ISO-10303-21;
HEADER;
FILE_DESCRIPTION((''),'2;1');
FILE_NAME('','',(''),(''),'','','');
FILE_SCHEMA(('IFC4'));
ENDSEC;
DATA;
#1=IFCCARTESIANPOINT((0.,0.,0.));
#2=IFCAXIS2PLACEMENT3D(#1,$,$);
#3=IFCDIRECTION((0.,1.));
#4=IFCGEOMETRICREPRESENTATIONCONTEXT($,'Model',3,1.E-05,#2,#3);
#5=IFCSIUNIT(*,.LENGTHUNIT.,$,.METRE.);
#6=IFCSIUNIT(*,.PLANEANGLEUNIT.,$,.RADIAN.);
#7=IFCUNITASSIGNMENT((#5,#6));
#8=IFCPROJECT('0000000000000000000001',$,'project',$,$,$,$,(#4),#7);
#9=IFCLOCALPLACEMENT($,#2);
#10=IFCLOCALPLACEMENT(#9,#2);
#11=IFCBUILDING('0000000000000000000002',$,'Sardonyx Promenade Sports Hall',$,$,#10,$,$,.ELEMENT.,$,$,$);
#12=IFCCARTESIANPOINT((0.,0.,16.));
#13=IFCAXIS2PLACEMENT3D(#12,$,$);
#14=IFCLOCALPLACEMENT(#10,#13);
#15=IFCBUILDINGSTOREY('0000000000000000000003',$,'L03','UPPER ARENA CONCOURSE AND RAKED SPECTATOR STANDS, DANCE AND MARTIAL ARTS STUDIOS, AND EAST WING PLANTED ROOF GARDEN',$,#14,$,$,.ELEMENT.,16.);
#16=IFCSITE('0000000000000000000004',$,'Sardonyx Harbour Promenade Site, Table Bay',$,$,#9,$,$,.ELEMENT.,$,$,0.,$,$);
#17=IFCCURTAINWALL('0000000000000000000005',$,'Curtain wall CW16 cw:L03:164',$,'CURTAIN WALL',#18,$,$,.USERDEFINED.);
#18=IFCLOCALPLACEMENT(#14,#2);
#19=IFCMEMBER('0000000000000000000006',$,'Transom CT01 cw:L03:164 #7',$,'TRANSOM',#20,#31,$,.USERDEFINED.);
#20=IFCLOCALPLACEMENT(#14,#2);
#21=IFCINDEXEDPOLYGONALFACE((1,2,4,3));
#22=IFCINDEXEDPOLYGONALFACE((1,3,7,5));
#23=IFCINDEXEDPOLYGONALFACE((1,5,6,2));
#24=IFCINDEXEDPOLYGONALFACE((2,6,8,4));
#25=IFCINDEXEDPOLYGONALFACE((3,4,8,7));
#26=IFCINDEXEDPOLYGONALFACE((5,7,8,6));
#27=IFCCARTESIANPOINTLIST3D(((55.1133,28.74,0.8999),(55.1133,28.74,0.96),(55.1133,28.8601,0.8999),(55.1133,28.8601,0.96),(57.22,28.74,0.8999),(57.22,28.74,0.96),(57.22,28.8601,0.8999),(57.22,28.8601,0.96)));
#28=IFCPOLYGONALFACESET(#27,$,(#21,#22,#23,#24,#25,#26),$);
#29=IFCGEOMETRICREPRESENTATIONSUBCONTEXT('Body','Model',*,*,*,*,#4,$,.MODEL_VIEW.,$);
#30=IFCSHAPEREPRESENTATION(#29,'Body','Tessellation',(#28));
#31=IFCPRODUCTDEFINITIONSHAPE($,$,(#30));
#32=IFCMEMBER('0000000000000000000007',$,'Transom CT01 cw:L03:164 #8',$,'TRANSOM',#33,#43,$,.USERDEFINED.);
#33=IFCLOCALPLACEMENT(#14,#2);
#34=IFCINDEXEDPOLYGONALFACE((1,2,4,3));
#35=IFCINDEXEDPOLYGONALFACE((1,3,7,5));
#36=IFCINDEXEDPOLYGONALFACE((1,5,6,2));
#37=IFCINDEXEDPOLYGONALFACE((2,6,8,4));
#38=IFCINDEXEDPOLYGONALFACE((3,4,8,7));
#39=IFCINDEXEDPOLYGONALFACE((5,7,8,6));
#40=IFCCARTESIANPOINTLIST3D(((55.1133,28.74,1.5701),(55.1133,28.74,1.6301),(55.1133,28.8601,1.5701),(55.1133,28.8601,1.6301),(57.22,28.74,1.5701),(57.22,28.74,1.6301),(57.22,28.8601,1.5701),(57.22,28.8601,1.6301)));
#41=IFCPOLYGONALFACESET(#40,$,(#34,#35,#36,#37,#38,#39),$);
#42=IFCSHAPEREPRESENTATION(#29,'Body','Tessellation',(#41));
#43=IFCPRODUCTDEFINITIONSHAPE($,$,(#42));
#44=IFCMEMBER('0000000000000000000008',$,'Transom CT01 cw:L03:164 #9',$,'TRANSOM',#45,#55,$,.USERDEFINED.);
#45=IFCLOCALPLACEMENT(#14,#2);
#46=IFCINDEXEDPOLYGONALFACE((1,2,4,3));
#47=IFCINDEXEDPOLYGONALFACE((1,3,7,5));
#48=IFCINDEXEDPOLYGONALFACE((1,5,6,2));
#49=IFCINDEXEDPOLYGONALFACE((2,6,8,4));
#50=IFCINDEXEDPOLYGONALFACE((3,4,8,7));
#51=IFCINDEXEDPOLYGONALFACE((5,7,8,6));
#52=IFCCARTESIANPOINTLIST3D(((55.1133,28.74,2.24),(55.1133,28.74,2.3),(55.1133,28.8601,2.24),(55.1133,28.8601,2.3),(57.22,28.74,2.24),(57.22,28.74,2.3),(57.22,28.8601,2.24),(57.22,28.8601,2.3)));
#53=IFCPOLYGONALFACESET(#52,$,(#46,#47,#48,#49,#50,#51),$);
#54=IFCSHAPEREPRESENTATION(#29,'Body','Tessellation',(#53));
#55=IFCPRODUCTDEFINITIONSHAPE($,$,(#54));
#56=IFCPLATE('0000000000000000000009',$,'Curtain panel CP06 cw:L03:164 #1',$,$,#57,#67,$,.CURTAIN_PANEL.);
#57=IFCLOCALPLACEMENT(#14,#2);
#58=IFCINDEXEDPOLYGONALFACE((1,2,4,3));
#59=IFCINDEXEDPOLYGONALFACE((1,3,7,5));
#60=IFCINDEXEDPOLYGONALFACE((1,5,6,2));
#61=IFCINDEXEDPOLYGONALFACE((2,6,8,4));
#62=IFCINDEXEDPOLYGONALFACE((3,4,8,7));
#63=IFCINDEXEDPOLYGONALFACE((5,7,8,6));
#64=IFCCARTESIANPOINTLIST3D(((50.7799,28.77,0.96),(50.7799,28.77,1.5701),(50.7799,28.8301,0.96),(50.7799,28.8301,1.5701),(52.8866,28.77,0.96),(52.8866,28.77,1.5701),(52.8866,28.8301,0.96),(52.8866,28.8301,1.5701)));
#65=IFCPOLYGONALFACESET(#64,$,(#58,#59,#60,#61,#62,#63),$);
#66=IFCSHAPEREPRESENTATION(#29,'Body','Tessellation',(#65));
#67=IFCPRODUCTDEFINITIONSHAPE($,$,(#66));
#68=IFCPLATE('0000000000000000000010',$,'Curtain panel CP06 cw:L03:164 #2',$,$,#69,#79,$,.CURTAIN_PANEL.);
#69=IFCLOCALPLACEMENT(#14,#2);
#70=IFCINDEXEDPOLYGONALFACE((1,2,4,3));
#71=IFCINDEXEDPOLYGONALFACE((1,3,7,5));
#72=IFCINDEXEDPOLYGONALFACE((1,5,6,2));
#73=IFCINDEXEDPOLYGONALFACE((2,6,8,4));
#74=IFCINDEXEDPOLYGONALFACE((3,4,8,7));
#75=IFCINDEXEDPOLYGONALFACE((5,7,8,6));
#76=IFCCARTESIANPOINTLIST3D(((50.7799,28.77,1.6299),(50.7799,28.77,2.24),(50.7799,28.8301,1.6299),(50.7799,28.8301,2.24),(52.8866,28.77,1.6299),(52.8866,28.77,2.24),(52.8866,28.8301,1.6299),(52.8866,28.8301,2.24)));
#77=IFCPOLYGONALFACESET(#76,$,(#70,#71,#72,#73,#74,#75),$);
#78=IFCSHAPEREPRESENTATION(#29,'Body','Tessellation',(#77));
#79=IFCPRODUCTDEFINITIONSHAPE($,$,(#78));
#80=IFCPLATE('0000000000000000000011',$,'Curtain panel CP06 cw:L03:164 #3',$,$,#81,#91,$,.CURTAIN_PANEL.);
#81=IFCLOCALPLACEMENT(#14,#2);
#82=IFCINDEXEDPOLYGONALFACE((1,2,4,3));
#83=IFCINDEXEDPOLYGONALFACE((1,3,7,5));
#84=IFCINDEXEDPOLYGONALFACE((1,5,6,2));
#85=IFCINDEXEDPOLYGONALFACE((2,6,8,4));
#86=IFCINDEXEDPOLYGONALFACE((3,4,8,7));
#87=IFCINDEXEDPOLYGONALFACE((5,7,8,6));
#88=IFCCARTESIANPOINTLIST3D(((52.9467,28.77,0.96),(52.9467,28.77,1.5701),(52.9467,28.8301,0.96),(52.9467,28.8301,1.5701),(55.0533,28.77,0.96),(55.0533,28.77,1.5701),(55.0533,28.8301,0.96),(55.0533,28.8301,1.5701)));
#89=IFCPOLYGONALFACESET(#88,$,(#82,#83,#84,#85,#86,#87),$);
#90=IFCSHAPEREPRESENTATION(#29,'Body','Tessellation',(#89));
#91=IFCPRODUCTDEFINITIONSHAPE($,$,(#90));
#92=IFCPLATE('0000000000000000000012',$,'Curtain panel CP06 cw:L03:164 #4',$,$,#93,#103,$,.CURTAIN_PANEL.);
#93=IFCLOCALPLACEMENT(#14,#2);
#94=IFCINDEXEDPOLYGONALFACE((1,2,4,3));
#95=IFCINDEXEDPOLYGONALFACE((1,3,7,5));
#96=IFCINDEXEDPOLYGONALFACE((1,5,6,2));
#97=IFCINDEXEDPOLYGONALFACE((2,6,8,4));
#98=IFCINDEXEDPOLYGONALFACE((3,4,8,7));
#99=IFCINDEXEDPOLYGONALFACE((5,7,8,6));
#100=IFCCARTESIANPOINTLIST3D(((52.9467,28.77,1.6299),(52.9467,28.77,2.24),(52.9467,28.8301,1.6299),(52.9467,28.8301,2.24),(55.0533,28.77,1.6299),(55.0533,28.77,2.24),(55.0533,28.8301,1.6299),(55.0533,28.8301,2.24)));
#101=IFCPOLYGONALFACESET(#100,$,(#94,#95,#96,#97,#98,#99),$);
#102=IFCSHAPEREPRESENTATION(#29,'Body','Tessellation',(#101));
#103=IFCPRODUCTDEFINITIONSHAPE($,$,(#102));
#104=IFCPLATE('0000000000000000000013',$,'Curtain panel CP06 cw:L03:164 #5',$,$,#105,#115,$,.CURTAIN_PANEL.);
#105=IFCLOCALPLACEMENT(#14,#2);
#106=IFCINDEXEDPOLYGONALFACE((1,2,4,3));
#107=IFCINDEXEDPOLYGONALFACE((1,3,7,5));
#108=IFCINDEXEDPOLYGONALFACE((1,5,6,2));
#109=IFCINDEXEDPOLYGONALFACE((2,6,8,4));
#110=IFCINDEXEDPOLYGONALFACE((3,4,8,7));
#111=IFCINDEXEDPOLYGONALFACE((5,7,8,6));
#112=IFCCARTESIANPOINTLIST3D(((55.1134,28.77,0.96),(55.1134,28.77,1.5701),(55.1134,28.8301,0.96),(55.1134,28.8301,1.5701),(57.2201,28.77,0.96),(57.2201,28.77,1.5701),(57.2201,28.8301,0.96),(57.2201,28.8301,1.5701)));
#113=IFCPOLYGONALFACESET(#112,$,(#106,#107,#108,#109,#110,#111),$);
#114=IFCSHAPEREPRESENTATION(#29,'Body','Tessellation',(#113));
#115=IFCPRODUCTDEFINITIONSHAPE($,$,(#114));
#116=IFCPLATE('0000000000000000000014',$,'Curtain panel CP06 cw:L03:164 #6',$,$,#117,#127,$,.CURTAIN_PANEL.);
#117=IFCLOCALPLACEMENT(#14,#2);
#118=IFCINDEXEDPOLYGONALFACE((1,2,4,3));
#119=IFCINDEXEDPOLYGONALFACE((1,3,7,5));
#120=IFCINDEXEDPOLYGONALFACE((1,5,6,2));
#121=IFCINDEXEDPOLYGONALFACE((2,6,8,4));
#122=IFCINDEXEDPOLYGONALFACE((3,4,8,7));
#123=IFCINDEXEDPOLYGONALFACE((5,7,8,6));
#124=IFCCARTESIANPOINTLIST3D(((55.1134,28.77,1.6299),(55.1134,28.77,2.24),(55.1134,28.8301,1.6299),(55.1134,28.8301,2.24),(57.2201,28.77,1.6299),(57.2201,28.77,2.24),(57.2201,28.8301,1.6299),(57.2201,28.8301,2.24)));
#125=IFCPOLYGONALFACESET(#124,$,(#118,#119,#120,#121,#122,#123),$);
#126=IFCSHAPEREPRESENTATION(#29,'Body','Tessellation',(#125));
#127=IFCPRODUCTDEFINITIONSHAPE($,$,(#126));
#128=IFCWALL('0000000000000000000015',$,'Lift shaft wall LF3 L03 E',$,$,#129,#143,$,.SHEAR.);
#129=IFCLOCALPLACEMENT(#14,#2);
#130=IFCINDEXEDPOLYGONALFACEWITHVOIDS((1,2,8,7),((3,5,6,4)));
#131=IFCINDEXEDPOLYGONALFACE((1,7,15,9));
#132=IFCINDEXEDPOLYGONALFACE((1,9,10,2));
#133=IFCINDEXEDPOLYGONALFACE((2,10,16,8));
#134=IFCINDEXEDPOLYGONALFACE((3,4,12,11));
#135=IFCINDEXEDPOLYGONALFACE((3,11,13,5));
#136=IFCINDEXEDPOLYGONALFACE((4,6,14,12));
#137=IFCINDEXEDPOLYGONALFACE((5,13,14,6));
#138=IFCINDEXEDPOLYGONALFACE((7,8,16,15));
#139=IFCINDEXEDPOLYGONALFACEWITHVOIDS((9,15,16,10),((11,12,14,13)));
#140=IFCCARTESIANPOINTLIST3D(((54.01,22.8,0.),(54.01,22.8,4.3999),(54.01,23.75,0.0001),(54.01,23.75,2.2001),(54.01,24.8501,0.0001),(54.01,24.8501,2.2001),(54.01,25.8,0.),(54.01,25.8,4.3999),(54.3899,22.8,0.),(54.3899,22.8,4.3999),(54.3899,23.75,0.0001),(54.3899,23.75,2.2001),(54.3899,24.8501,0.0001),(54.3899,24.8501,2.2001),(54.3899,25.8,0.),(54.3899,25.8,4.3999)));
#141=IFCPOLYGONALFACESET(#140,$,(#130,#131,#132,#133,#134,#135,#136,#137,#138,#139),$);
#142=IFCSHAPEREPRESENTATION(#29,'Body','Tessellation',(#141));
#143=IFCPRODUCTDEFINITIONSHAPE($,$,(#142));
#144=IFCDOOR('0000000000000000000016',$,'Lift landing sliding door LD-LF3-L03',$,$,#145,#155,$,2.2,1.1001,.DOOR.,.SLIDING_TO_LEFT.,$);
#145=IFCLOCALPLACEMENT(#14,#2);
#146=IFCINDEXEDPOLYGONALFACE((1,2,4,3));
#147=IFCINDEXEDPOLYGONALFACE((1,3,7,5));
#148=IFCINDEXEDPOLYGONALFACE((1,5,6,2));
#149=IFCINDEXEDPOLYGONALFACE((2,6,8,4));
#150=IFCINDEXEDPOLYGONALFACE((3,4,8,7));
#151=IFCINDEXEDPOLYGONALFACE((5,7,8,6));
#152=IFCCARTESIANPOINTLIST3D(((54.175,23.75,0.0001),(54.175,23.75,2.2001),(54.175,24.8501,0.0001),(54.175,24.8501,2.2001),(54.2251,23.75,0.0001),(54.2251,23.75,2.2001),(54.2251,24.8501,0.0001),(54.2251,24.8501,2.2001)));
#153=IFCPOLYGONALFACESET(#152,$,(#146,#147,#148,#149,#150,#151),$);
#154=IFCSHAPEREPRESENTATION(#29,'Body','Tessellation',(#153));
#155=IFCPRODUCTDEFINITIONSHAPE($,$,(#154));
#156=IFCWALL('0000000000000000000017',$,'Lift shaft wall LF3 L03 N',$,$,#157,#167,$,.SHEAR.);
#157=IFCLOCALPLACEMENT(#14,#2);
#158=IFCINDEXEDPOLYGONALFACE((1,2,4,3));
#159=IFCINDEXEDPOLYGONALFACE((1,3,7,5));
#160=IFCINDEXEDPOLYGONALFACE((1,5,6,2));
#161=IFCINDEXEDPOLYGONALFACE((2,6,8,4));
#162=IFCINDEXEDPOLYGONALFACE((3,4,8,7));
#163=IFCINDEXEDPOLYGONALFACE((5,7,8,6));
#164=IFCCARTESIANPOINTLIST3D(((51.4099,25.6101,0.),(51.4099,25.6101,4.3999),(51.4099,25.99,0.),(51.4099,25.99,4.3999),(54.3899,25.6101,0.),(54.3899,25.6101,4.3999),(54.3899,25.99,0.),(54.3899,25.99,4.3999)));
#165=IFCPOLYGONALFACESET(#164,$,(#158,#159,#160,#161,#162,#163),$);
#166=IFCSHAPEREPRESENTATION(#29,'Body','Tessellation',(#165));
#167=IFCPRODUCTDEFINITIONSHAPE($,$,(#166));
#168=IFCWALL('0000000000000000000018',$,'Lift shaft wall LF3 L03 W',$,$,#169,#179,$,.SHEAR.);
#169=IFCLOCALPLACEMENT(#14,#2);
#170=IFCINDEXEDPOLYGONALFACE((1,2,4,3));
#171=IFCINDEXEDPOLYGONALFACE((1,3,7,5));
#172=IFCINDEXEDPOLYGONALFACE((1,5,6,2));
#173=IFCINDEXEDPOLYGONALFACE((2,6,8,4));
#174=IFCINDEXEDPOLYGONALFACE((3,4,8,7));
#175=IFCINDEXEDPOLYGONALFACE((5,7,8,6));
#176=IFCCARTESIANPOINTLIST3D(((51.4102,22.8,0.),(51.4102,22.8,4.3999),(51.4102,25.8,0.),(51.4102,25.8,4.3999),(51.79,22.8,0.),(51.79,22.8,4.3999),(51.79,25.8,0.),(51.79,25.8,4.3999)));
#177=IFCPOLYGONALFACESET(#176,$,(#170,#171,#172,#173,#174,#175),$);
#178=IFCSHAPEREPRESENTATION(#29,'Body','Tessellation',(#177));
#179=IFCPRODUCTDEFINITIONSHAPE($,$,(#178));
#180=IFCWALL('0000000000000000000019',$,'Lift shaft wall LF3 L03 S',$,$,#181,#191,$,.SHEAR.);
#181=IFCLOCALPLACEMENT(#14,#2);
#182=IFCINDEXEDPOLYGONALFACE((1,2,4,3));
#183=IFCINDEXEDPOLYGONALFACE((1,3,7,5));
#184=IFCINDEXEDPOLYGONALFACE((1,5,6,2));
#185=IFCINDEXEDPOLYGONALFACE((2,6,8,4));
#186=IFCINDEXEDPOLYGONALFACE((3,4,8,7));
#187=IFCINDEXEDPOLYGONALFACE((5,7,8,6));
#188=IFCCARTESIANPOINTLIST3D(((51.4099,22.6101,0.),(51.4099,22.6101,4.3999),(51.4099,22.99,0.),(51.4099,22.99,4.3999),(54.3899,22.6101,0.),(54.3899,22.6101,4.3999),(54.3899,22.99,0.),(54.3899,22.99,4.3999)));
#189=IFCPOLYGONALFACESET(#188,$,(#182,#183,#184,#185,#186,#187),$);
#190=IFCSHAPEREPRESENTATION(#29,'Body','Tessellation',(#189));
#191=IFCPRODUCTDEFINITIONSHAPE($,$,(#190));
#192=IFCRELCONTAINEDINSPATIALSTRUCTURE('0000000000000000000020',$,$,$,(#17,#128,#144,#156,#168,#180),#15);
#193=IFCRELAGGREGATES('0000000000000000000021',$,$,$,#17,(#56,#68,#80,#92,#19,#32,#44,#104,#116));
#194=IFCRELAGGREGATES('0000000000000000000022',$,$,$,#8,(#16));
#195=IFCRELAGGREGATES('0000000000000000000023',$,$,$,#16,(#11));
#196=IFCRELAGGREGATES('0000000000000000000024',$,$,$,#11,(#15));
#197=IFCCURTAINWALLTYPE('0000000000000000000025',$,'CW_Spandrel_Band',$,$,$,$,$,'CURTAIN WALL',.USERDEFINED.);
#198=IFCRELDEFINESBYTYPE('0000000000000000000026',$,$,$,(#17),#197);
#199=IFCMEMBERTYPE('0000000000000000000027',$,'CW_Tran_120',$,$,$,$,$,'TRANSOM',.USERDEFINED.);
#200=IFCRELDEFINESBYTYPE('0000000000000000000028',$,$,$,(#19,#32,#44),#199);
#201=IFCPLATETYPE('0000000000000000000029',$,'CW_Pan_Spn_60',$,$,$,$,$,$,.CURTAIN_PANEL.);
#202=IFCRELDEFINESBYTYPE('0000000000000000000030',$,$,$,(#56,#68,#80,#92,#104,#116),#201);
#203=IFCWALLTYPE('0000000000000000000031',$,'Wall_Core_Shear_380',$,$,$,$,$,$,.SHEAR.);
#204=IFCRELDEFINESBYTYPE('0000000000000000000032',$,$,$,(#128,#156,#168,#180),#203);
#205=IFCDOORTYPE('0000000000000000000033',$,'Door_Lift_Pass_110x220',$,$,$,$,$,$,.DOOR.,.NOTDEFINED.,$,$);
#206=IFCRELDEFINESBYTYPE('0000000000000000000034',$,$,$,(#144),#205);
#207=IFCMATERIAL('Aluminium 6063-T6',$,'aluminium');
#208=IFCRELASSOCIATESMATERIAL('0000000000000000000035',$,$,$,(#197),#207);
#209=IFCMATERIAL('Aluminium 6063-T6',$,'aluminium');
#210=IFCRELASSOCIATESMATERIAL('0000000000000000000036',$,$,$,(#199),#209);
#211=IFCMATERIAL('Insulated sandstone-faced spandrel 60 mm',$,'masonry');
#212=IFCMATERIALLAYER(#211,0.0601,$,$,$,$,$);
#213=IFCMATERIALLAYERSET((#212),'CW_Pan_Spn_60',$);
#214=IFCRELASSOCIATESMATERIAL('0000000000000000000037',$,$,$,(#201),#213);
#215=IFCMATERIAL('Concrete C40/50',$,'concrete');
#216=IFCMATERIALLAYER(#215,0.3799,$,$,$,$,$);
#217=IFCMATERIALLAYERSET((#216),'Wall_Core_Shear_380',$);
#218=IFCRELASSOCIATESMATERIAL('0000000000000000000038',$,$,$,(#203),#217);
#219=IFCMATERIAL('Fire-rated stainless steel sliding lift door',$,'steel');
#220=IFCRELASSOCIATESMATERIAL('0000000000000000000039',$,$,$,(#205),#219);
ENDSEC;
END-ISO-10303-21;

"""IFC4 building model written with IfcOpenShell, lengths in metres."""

from ifc_helpers import new_model, si_unit, direction, frame, frame_2d, origin, origin_2d, place, context, subcontext, project, spatial, rectangle, extrude, material, layer, layer_set, material_profile, profile_set, type_object, element, fill, aggregate, save


model = new_model("IFC4")

# Units and contexts
model_context = context("Model", 3, precision=1e-05, world=origin(), true_north=direction((0.0, 1.0)))
body_context = subcontext(model_context, "Body", "Model", "MODEL_VIEW")
ifc_project = project(units=[si_unit("LENGTHUNIT", "METRE"), si_unit("PLANEANGLEUNIT", "RADIAN")], contexts=[model_context])

# Site, building, storey
site_placement = place(None, origin())
site = spatial("IfcSite", under=ifc_project, at=site_placement, Name="Sardonyx Harbour Promenade Site, Table Bay", CompositionType="ELEMENT", RefElevation=0.0)
building_placement = place(site_placement, origin())
building = spatial("IfcBuilding", under=site, at=building_placement, Name="Sardonyx Promenade Sports Hall", CompositionType="ELEMENT")
storey_placement = place(building_placement, frame((0.0, 0.0, 16.0)))
storey = spatial("IfcBuildingStorey", under=building, at=storey_placement, Name="L03", Description="UPPER ARENA CONCOURSE AND RAKED SPECTATOR STANDS, DANCE AND MARTIAL ARTS STUDIOS, AND EAST WING PLANTED ROOF GARDEN", CompositionType="ELEMENT", Elevation=16.0)

# Curtain wall, members, plates
ifc_material_1 = material(Name="Aluminium 6063-T6", Category="aluminium")
curtain_wall_type = type_object("IfcCurtainWallType", Name="CW_Spandrel_Band", ElementType="CURTAIN WALL", PredefinedType="USERDEFINED", material=ifc_material_1)
curtain_wall_placement = place(storey_placement, origin())
curtain_wall = element("IfcCurtainWall", 1, at=curtain_wall_placement, inside=storey, type_object=curtain_wall_type, Name="Curtain wall CW16 cw:L03:164", ObjectType="CURTAIN WALL", PredefinedType="USERDEFINED")
ifc_material_2 = material(Name="Aluminium 6063-T6", Category="aluminium")
ifc_material_profile_1 = material_profile(ifc_material_2, rectangle(XDim=0.0601, YDim=0.1201, at=origin_2d()))
ifc_profile_set_1 = profile_set([ifc_material_profile_1], Name="Aluminium 6063-T6")
member_type_1 = type_object("IfcMemberType", Name="CW_Tran_120", ElementType="TRANSOM", PredefinedType="USERDEFINED", material=ifc_profile_set_1)
member_1_placement = place(storey_placement, frame((55.1133, 28.8, 0.9299), z_axis=(1.0, 0.0, 0.0), x_axis=(0.0, 0.0, 1.0)))
member_1 = element("IfcMember", 2, at=member_1_placement, type_object=member_type_1, Name="Transom CT01 cw:L03:164 #7", ObjectType="TRANSOM", PredefinedType="USERDEFINED", context=body_context, shape_type="SweptSolid", body=[
    extrude(rectangle(XDim=0.0601, YDim=0.1201, at=origin_2d()), origin(), (0.0, 0.0, 1.0), 2.1067),
])
member_2_placement = place(storey_placement, frame((55.1133, 28.8, 1.6001), z_axis=(1.0, 0.0, 0.0), x_axis=(0.0, 0.0, 1.0)))
member_2 = element("IfcMember", 3, at=member_2_placement, type_object=member_type_1, Name="Transom CT01 cw:L03:164 #8", ObjectType="TRANSOM", PredefinedType="USERDEFINED", context=body_context, shape_type="SweptSolid", body=[
    extrude(rectangle(XDim=0.0601, YDim=0.1201, at=origin_2d()), origin(), (0.0, 0.0, 1.0), 2.1067),
])
member_3_placement = place(storey_placement, frame((55.1133, 28.8, 2.27), z_axis=(1.0, 0.0, 0.0), x_axis=(0.0, 0.0, 1.0)))
member_3 = element("IfcMember", 4, at=member_3_placement, type_object=member_type_1, Name="Transom CT01 cw:L03:164 #9", ObjectType="TRANSOM", PredefinedType="USERDEFINED", context=body_context, shape_type="SweptSolid", body=[
    extrude(rectangle(XDim=0.0601, YDim=0.1201, at=origin_2d()), origin(), (0.0, 0.0, 1.0), 2.1067),
])
ifc_material_3 = material(Name="Insulated sandstone-faced spandrel 60 mm", Category="masonry")
ifc_layer_1 = layer(ifc_material_3, 0.0601)
ifc_layer_set_1 = layer_set([ifc_layer_1], Name="CW_Pan_Spn_60")
plate_type = type_object("IfcPlateType", Name="CW_Pan_Spn_60", PredefinedType="CURTAIN_PANEL", material=ifc_layer_set_1)
plate_1_placement = place(storey_placement, frame((51.8333, 28.8, 0.96), z_axis=(0.0, 0.0, 1.0), x_axis=(1.0, 0.0, 0.0)))
plate_1 = element("IfcPlate", 5, at=plate_1_placement, type_object=plate_type, Name="Curtain panel CP06 cw:L03:164 #1", PredefinedType="CURTAIN_PANEL", context=body_context, shape_type="SweptSolid", body=[
    extrude(rectangle(XDim=2.1067, YDim=0.0601, at=origin_2d()), origin(), (0.0, 0.0, 1.0), 0.6101),
])
plate_2_placement = place(storey_placement, frame((51.8333, 28.8, 1.6299), z_axis=(0.0, 0.0, 1.0), x_axis=(1.0, 0.0, 0.0)))
plate_2 = element("IfcPlate", 6, at=plate_2_placement, type_object=plate_type, Name="Curtain panel CP06 cw:L03:164 #2", PredefinedType="CURTAIN_PANEL", context=body_context, shape_type="SweptSolid", body=[
    extrude(rectangle(XDim=2.1067, YDim=0.0601, at=origin_2d()), origin(), (0.0, 0.0, 1.0), 0.6101),
])
plate_3_placement = place(storey_placement, frame((54.0, 28.8, 0.96), z_axis=(0.0, 0.0, 1.0), x_axis=(1.0, 0.0, 0.0)))
plate_3 = element("IfcPlate", 7, at=plate_3_placement, type_object=plate_type, Name="Curtain panel CP06 cw:L03:164 #3", PredefinedType="CURTAIN_PANEL", context=body_context, shape_type="SweptSolid", body=[
    extrude(rectangle(XDim=2.1067, YDim=0.0601, at=origin_2d()), origin(), (0.0, 0.0, 1.0), 0.6101),
])
plate_4_placement = place(storey_placement, frame((54.0, 28.8, 1.6299), z_axis=(0.0, 0.0, 1.0), x_axis=(1.0, 0.0, 0.0)))
plate_4 = element("IfcPlate", 8, at=plate_4_placement, type_object=plate_type, Name="Curtain panel CP06 cw:L03:164 #4", PredefinedType="CURTAIN_PANEL", context=body_context, shape_type="SweptSolid", body=[
    extrude(rectangle(XDim=2.1067, YDim=0.0601, at=origin_2d()), origin(), (0.0, 0.0, 1.0), 0.6101),
])
plate_5_placement = place(storey_placement, frame((56.1667, 28.8, 0.96), z_axis=(0.0, 0.0, 1.0), x_axis=(1.0, 0.0, 0.0)))
plate_5 = element("IfcPlate", 9, at=plate_5_placement, type_object=plate_type, Name="Curtain panel CP06 cw:L03:164 #5", PredefinedType="CURTAIN_PANEL", context=body_context, shape_type="SweptSolid", body=[
    extrude(rectangle(XDim=2.1067, YDim=0.0601, at=origin_2d()), origin(), (0.0, 0.0, 1.0), 0.6101),
])
plate_6_placement = place(storey_placement, frame((56.1667, 28.8, 1.6299), z_axis=(0.0, 0.0, 1.0), x_axis=(1.0, 0.0, 0.0)))
plate_6 = element("IfcPlate", 10, at=plate_6_placement, type_object=plate_type, Name="Curtain panel CP06 cw:L03:164 #6", PredefinedType="CURTAIN_PANEL", context=body_context, shape_type="SweptSolid", body=[
    extrude(rectangle(XDim=2.1067, YDim=0.0601, at=origin_2d()), origin(), (0.0, 0.0, 1.0), 0.6101),
])
aggregate(curtain_wall, [plate_1, plate_2, plate_3, plate_4, member_1, member_2, member_3, plate_5, plate_6])

# Wall, opening, door
ifc_material_4 = material(Name="Concrete C40/50", Category="concrete")
ifc_layer_2 = layer(ifc_material_4, 0.3799)
ifc_layer_set_2 = layer_set([ifc_layer_2], Name="Wall_Core_Shear_380")
wall_type_1 = type_object("IfcWallType", Name="Wall_Core_Shear_380", PredefinedType="SHEAR", material=ifc_layer_set_2)
wall_1_placement = place(storey_placement, frame((54.2, 22.8, 0.0), z_axis=(0.0, 0.0, 1.0), x_axis=(0.0, 1.0, 0.0)))
wall_1 = element("IfcWall", 11, at=wall_1_placement, inside=storey, type_object=wall_type_1, Name="Lift shaft wall LF3 L03 E", PredefinedType="SHEAR", context=body_context, shape_type="SweptSolid", body=[
    extrude(rectangle(XDim=3.0, YDim=0.3799, at=frame_2d((1.5, 0.0))), origin(), (0.0, 0.0, 1.0), 4.3999),
])
opening_1_placement = place(wall_1_placement, frame((0.95, 0.0, 0.0)))
opening_1 = element("IfcOpeningElement", 12, at=opening_1_placement, cuts=wall_1, PredefinedType="OPENING", context=body_context, shape_type="SweptSolid", body=[
    extrude(rectangle(XDim=1.1001, YDim=2.2, at=frame_2d((0.55, 1.1001))), frame((0.0, 0.2, 0.0), z_axis=(0.0, -1.0, 0.0), x_axis=(1.0, 0.0, 0.0)), (0.0, 0.0, 1.0), 0.4),
])
ifc_material_5 = material(Name="Fire-rated stainless steel sliding lift door", Category="steel")
door_type_1 = type_object("IfcDoorType", Name="Door_Lift_Pass_110x220", OperationType="NOTDEFINED", PredefinedType="DOOR", material=ifc_material_5)
door_1_placement = place(opening_1_placement, origin())
door_1 = element("IfcDoor", 13, at=door_1_placement, inside=storey, type_object=door_type_1, Name="Lift landing sliding door LD-LF3-L03", OperationType="SLIDING_TO_LEFT", OverallHeight=2.2, OverallWidth=1.1001, PredefinedType="DOOR", context=body_context, shape_type="SweptSolid", body=[
    extrude(rectangle(XDim=1.1001, YDim=2.2, at=frame_2d((0.55, 1.1001))), frame((0.0, 0.0249, 0.0), z_axis=(0.0, -1.0, 0.0), x_axis=(1.0, 0.0, 0.0)), (0.0, 0.0, 1.0), 0.05),
])
fill(opening_1, door_1)

# Walls
wall_2_placement = place(storey_placement, frame((51.4099, 25.8, 0.0), z_axis=(0.0, 0.0, 1.0), x_axis=(1.0, 0.0, 0.0)))
element("IfcWall", 14, at=wall_2_placement, inside=storey, type_object=wall_type_1, Name="Lift shaft wall LF3 L03 N", PredefinedType="SHEAR", context=body_context, shape_type="SweptSolid", body=[
    extrude(rectangle(XDim=2.98, YDim=0.3799, at=frame_2d((1.49, 0.0))), origin(), (0.0, 0.0, 1.0), 4.3999),
])
wall_3_placement = place(storey_placement, frame((51.6001, 25.8, 0.0), z_axis=(0.0, 0.0, 1.0), x_axis=(0.0, -1.0, 0.0)))
element("IfcWall", 15, at=wall_3_placement, inside=storey, type_object=wall_type_1, Name="Lift shaft wall LF3 L03 W", PredefinedType="SHEAR", context=body_context, shape_type="SweptSolid", body=[
    extrude(rectangle(XDim=3.0, YDim=0.3799, at=frame_2d((1.5, 0.0))), origin(), (0.0, 0.0, 1.0), 4.3999),
])
wall_4_placement = place(storey_placement, frame((54.3899, 22.8, 0.0), z_axis=(0.0, 0.0, 1.0), x_axis=(-1.0, 0.0, 0.0)))
element("IfcWall", 16, at=wall_4_placement, inside=storey, type_object=wall_type_1, Name="Lift shaft wall LF3 L03 S", PredefinedType="SHEAR", context=body_context, shape_type="SweptSolid", body=[
    extrude(rectangle(XDim=2.98, YDim=0.3799, at=frame_2d((1.49, 0.0))), origin(), (0.0, 0.0, 1.0), 4.3999),
])

save(model, "model.ifc")
